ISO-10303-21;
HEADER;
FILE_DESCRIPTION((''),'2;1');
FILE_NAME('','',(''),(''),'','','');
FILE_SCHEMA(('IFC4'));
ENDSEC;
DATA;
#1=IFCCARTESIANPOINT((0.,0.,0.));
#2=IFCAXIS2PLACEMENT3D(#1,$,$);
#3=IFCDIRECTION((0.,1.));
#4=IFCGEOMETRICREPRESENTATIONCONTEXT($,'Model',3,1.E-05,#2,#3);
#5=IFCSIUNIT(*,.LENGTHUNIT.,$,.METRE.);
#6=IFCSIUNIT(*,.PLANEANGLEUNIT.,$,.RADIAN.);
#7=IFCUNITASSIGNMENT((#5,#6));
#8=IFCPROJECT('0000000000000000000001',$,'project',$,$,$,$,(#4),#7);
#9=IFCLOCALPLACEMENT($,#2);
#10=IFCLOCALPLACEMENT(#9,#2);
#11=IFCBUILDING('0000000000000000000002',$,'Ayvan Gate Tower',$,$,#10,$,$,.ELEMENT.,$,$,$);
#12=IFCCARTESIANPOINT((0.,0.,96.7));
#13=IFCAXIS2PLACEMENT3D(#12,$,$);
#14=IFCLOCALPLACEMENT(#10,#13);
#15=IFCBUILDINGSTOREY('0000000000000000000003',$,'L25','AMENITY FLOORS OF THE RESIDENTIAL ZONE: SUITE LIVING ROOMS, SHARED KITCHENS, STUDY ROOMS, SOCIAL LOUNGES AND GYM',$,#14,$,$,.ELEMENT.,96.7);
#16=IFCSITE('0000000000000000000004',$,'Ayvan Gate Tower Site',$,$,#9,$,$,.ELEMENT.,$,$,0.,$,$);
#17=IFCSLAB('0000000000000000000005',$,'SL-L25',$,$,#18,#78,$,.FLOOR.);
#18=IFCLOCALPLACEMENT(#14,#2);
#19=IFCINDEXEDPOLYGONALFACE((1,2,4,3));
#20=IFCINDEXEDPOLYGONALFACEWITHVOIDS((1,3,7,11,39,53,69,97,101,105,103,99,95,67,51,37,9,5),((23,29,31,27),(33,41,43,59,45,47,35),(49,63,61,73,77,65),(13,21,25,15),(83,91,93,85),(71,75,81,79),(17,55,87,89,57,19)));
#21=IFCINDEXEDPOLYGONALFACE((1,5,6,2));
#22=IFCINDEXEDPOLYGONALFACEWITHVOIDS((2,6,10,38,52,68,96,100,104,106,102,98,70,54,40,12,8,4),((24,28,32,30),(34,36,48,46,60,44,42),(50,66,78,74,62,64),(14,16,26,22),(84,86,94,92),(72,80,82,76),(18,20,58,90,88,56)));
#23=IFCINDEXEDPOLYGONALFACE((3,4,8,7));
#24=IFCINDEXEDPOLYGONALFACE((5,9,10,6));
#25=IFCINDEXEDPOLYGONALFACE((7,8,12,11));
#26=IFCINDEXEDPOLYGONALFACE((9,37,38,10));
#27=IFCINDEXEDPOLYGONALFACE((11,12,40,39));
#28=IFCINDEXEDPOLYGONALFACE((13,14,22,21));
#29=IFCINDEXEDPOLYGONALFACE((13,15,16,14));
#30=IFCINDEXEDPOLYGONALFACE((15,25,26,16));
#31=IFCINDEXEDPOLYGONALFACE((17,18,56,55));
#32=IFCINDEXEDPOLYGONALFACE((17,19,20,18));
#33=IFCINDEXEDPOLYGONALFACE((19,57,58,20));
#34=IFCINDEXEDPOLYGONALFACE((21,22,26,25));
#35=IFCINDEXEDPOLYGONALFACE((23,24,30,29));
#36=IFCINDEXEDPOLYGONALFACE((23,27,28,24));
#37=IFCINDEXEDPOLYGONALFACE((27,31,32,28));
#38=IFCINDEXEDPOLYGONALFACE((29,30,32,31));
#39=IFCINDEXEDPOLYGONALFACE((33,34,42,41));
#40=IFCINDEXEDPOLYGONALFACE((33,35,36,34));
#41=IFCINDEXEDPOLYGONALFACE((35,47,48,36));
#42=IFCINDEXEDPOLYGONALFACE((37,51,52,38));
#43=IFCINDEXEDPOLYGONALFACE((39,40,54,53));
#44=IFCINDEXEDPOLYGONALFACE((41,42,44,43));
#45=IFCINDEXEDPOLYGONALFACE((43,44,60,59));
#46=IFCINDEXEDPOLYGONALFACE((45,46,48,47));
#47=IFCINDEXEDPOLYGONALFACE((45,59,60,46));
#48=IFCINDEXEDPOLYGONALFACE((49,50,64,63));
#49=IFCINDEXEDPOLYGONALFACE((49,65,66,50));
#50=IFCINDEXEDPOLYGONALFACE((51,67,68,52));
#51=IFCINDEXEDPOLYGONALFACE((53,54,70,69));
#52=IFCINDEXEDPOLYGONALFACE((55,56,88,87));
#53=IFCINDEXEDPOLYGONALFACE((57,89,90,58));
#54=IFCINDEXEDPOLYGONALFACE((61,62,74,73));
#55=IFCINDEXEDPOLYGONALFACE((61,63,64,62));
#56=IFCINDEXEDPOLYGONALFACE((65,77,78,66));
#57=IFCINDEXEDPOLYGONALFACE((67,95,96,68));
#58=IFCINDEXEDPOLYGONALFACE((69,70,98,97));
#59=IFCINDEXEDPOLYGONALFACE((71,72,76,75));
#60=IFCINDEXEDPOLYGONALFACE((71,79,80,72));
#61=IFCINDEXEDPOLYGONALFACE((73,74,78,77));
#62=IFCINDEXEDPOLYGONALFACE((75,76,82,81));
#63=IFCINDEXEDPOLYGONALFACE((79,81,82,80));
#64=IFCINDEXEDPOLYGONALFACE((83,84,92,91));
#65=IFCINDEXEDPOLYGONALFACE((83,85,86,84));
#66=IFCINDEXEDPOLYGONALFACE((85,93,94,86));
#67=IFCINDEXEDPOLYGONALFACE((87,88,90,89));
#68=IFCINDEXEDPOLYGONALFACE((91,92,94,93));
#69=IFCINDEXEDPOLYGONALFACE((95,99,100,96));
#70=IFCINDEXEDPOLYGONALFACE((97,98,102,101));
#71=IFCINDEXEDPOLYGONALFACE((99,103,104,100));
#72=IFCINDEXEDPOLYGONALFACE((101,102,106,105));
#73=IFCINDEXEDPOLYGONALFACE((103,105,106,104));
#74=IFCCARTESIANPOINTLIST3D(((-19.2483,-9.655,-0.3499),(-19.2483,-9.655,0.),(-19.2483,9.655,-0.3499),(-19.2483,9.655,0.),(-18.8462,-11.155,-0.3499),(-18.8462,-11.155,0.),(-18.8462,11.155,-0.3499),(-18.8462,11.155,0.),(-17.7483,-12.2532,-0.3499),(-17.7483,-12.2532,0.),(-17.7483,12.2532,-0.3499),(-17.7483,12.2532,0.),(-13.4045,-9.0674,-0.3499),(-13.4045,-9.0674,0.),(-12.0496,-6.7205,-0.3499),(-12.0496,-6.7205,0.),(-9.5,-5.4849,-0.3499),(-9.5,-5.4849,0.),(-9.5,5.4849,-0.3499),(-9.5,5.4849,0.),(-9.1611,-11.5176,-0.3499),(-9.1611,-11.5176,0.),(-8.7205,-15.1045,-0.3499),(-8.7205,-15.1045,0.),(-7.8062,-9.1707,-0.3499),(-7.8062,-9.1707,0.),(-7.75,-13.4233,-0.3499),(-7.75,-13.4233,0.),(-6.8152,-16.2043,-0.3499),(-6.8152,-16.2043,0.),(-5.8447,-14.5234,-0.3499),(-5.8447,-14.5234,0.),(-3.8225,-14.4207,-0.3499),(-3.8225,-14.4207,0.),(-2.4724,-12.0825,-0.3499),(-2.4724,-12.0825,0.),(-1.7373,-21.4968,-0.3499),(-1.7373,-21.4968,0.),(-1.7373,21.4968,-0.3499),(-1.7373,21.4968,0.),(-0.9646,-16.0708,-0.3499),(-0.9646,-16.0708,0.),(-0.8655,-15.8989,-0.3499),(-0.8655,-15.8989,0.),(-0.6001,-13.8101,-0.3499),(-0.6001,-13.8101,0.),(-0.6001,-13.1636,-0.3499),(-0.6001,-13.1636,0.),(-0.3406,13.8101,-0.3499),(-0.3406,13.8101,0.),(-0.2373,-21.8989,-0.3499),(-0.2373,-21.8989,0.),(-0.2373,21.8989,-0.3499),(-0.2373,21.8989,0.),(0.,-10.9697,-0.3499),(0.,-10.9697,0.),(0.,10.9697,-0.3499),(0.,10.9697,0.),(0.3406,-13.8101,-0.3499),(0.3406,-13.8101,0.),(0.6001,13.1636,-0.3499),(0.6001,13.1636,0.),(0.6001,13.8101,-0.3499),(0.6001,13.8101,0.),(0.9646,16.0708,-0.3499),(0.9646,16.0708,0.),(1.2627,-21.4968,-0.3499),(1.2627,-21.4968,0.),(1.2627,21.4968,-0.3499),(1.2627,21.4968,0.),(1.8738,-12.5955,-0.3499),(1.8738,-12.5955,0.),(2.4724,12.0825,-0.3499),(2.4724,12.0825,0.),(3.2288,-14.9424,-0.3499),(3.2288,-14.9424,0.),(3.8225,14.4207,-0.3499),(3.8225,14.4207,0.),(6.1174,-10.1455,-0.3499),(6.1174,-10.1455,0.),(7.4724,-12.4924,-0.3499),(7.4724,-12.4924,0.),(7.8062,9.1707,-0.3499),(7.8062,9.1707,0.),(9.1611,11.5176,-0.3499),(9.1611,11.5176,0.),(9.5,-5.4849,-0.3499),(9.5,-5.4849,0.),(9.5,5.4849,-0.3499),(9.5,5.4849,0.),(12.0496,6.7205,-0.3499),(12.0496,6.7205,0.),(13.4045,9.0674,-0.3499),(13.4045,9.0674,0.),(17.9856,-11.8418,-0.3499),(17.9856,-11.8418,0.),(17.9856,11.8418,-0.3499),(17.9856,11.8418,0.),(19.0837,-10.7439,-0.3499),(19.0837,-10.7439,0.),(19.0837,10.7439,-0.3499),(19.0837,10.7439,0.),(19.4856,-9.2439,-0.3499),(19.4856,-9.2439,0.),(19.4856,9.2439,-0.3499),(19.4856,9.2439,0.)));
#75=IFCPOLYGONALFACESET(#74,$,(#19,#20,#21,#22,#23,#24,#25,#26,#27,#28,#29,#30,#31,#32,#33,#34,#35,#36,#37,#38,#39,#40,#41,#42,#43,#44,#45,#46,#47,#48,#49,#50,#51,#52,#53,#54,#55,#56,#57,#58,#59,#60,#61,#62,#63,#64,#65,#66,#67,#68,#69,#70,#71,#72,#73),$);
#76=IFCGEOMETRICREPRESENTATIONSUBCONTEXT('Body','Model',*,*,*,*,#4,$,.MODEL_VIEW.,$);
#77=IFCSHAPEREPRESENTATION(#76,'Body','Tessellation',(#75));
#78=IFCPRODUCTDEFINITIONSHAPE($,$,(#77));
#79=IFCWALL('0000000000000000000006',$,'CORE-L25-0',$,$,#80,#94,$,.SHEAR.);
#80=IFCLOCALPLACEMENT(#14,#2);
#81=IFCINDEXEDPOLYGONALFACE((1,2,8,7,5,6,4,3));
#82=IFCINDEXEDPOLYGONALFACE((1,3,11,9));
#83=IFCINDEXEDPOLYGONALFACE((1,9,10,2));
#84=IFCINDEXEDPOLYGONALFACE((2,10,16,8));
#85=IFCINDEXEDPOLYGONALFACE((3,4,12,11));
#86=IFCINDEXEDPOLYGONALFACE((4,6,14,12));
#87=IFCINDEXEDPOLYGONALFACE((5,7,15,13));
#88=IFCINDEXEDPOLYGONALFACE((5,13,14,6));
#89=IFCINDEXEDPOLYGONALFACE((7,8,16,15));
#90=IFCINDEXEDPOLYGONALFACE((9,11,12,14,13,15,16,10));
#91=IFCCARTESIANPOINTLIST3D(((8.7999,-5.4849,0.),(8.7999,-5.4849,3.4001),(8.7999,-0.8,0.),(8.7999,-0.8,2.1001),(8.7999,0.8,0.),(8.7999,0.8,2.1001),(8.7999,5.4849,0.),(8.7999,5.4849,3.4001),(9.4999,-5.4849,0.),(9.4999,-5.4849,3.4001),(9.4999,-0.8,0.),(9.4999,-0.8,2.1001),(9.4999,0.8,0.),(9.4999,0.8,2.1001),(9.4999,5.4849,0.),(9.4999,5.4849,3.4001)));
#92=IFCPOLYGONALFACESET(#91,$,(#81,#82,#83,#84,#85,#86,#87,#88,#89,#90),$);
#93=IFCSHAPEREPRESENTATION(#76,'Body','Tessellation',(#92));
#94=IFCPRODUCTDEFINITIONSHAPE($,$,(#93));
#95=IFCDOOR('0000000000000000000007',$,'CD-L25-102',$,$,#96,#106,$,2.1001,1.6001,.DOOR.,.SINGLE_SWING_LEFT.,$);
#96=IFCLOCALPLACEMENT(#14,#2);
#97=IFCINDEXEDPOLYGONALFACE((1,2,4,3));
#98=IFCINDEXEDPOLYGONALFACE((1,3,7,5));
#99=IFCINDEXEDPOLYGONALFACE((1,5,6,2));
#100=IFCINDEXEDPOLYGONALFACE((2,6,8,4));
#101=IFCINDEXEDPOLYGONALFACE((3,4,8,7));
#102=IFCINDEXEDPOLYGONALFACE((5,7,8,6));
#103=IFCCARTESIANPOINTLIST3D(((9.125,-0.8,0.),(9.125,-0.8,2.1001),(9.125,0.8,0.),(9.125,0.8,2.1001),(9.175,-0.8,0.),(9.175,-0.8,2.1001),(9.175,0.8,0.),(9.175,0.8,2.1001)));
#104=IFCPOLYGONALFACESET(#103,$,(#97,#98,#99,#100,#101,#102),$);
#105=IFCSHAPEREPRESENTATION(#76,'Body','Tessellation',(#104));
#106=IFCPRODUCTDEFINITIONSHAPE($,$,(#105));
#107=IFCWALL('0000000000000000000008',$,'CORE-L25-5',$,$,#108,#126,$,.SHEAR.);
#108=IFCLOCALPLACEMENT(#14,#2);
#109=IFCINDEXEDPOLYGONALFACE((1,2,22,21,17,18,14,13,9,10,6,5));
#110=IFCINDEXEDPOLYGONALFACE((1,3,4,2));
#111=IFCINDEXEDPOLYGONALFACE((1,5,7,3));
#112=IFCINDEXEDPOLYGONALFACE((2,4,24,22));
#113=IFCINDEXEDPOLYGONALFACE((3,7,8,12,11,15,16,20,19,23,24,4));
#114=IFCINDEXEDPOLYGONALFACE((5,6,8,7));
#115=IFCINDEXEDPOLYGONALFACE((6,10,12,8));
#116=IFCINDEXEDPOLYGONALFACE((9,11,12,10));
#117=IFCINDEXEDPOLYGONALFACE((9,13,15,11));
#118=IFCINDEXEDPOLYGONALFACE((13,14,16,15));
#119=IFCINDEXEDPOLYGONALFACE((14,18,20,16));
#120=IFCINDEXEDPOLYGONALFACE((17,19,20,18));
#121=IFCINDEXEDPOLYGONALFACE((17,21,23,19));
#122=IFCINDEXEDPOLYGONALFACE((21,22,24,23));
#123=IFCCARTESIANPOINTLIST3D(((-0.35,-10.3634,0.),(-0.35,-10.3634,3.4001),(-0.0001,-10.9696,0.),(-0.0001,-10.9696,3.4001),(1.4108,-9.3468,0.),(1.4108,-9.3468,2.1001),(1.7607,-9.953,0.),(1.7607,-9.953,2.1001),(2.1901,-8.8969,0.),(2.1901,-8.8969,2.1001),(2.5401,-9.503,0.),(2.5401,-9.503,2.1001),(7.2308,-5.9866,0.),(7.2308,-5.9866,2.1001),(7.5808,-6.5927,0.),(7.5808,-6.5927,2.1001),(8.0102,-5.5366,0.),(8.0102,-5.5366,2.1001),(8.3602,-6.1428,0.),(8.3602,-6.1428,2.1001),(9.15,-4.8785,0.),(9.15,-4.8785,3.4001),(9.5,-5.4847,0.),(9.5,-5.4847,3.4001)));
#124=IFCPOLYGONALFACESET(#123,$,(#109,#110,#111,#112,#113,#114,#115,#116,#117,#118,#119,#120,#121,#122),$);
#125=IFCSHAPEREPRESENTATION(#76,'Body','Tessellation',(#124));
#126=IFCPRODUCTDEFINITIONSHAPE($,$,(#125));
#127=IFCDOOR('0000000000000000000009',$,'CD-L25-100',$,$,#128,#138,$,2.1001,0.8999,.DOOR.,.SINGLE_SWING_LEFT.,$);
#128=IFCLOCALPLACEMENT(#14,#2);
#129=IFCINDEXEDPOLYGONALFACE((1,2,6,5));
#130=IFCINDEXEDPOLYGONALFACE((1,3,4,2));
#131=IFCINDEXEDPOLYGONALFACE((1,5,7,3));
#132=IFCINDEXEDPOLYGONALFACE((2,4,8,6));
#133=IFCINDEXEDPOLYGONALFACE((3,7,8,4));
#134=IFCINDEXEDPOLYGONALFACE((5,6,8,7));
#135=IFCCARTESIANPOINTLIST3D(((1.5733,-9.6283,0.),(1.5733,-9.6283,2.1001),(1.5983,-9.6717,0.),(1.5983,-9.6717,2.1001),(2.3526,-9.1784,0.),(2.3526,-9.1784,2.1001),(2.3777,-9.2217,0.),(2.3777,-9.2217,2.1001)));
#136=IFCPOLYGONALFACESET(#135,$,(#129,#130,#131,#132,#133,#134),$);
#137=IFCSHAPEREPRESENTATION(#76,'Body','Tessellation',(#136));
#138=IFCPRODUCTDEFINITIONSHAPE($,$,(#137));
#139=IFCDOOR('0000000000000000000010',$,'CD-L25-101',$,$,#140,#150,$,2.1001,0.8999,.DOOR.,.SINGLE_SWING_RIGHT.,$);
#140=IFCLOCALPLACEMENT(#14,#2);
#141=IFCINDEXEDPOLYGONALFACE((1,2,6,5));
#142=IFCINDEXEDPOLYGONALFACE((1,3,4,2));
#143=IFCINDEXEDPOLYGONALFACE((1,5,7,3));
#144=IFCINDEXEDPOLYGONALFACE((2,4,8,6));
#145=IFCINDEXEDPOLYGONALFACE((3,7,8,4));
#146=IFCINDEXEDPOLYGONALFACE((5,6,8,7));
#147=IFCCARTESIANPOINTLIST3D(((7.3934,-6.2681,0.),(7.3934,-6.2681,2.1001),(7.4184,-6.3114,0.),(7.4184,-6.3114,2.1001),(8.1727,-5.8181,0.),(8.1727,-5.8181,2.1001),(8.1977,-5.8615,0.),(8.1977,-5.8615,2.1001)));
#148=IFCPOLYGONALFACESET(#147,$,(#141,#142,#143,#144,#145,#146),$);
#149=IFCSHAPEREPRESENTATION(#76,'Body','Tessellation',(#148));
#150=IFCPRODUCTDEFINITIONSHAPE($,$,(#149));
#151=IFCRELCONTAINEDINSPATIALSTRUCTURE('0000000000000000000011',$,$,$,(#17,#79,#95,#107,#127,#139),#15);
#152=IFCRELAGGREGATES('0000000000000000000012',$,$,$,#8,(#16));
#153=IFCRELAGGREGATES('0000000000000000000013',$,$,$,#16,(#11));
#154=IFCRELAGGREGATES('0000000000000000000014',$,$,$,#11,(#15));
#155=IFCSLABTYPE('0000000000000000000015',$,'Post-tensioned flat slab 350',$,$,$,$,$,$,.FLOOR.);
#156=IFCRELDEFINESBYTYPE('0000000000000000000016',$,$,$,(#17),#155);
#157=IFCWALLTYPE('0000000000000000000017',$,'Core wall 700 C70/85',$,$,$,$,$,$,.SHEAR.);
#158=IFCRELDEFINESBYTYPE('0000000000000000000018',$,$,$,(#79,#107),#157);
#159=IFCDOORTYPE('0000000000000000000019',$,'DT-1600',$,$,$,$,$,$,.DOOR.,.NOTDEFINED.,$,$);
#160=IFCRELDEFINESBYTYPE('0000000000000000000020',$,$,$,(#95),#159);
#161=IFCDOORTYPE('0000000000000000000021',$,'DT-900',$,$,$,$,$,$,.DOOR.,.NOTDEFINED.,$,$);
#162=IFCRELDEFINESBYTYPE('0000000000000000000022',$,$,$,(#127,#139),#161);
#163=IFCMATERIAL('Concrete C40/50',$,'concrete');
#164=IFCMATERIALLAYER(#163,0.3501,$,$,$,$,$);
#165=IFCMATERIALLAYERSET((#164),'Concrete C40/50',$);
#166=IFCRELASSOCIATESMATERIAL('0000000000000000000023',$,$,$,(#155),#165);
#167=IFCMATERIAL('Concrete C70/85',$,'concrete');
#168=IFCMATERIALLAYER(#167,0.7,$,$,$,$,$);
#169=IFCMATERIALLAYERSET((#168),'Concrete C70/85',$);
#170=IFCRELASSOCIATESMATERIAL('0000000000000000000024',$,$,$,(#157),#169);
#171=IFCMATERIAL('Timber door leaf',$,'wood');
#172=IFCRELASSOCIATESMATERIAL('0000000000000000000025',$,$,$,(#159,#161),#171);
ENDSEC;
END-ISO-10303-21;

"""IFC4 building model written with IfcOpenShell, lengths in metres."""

from ifc_helpers import new_model, si_unit, direction, frame, frame_2d, origin, place, context, subcontext, project, spatial, polyline, rectangle, outline, extrude, material, layer, layer_set, type_object, element, fill, save


model = new_model("IFC4")

# Units and contexts
model_context = context("Model", 3, precision=1e-05, world=origin(), true_north=direction((0.0, 1.0)))
body_context = subcontext(model_context, "Body", "Model", "MODEL_VIEW")
ifc_project = project(units=[si_unit("LENGTHUNIT", "METRE"), si_unit("PLANEANGLEUNIT", "RADIAN")], contexts=[model_context])

# Site, building, storey
site_placement = place(None, origin())
site = spatial("IfcSite", under=ifc_project, at=site_placement, Name="Ayvan Gate Tower Site", CompositionType="ELEMENT", RefElevation=0.0)
building_placement = place(site_placement, origin())
building = spatial("IfcBuilding", under=site, at=building_placement, Name="Ayvan Gate Tower", CompositionType="ELEMENT")
storey_placement = place(building_placement, frame((0.0, 0.0, 96.7)))
storey = spatial("IfcBuildingStorey", under=building, at=storey_placement, Name="L25", Description="AMENITY FLOORS OF THE RESIDENTIAL ZONE: SUITE LIVING ROOMS, SHARED KITCHENS, STUDY ROOMS, SOCIAL LOUNGES AND GYM", CompositionType="ELEMENT", Elevation=96.7)

# Slab
ifc_material_1 = material(Name="Concrete C40/50", Category="concrete")
ifc_layer_1 = layer(ifc_material_1, 0.3501)
ifc_layer_set_1 = layer_set([ifc_layer_1], Name="Concrete C40/50")
slab_type = type_object("IfcSlabType", Name="Post-tensioned flat slab 350", PredefinedType="FLOOR", material=ifc_layer_set_1)
slab_placement = place(storey_placement, frame((0.0, 0.0, -0.3499)))
element("IfcSlab", 1, at=slab_placement, inside=storey, type_object=slab_type, Name="SL-L25", PredefinedType="FLOOR", context=body_context, shape_type="SweptSolid", body=[
    extrude(outline(polyline([(-0.2373, -21.8989), (-1.7373, -21.4968), (-17.7483, -12.2532), (-18.8462, -11.155), (-19.2483, -9.655), (-19.2483, 9.655), (-18.8462, 11.155), (-17.7483, 12.2532), (-1.7373, 21.4968), (-0.2373, 21.8989), (1.2627, 21.4968), (17.9856, 11.8418), (19.0837, 10.7439), (19.4856, 9.2439), (19.4856, -9.2439), (19.0837, -10.7439), (17.9856, -11.8418), (1.2627, -21.4968), (-0.2373, -21.8989)]), holes=[polyline([(13.4045, 9.0674), (9.1611, 11.5176), (7.8062, 9.1707), (12.0496, 6.7205), (13.4045, 9.0674)]), polyline([(0.0, 10.9697), (-9.5, 5.4849), (-9.5, -5.4849), (0.0, -10.9697), (9.5, -5.4849), (9.5, 5.4849), (0.0, 10.9697)]), polyline([(3.2288, -14.9424), (7.4724, -12.4924), (6.1174, -10.1455), (1.8738, -12.5955), (3.2288, -14.9424)]), polyline([(2.4724, 12.0825), (3.8225, 14.4207), (0.9646, 16.0708), (-0.3406, 13.8101), (0.6001, 13.8101), (0.6001, 13.1636), (2.4724, 12.0825)]), polyline([(0.3406, -13.8101), (-0.6001, -13.8101), (-0.6001, -13.1636), (-2.4724, -12.0825), (-3.8225, -14.4207), (-0.9646, -16.0708), (-0.8655, -15.8989), (0.3406, -13.8101)]), polyline([(-5.8447, -14.5234), (-7.75, -13.4233), (-8.7205, -15.1045), (-6.8152, -16.2043), (-5.8447, -14.5234)]), polyline([(-7.8062, -9.1707), (-12.0496, -6.7205), (-13.4045, -9.0674), (-9.1611, -11.5176), (-7.8062, -9.1707)])]), origin(), (0.0, 0.0, 1.0), 0.3499),
])

# Wall, opening, door
ifc_material_2 = material(Name="Concrete C70/85", Category="concrete")
ifc_layer_2 = layer(ifc_material_2, 0.7)
ifc_layer_set_2 = layer_set([ifc_layer_2], Name="Concrete C70/85")
wall_type_1 = type_object("IfcWallType", Name="Core wall 700 C70/85", PredefinedType="SHEAR", material=ifc_layer_set_2)
wall_1_placement = place(storey_placement, frame((9.1499, -5.4849, 0.0), z_axis=(0.0, 0.0, 1.0), x_axis=(0.0, 1.0, 0.0)))
wall_1 = element("IfcWall", 2, at=wall_1_placement, inside=storey, type_object=wall_type_1, Name="CORE-L25-0", PredefinedType="SHEAR", context=body_context, shape_type="SweptSolid", body=[
    extrude(rectangle(XDim=10.9697, YDim=0.7, at=frame_2d((5.4849, 0.0))), origin(), (0.0, 0.0, 1.0), 3.4001),
])
opening_1_placement = place(wall_1_placement, frame((4.6848, 0.0, 0.0)))
opening_1 = element("IfcOpeningElement", 3, at=opening_1_placement, cuts=wall_1, PredefinedType="OPENING", context=body_context, shape_type="SweptSolid", body=[
    extrude(rectangle(XDim=1.6001, YDim=2.1001, at=frame_2d((0.8, 1.05))), frame((0.0, 0.3599, 0.0), z_axis=(0.0, -1.0, 0.0), x_axis=(1.0, 0.0, 0.0)), (0.0, 0.0, 1.0), 0.72),
])
ifc_material_3 = material(Name="Timber door leaf", Category="wood")
door_type_1 = type_object("IfcDoorType", Name="DT-1600", OperationType="NOTDEFINED", PredefinedType="DOOR", material=ifc_material_3)
door_1_placement = place(opening_1_placement, origin())
door_1 = element("IfcDoor", 4, at=door_1_placement, inside=storey, type_object=door_type_1, Name="CD-L25-102", OperationType="SINGLE_SWING_LEFT", OverallHeight=2.1001, OverallWidth=1.6001, PredefinedType="DOOR", context=body_context, shape_type="SweptSolid", body=[
    extrude(rectangle(XDim=1.6001, YDim=2.1001, at=frame_2d((0.8, 1.05))), frame((0.0, 0.0249, 0.0), z_axis=(0.0, -1.0, 0.0), x_axis=(1.0, 0.0, 0.0)), (0.0, 0.0, 1.0), 0.05),
])
fill(opening_1, door_1)

# Wall, openings, doors
wall_2_placement = place(storey_placement, frame((-0.175, -10.6665, 0.0), z_axis=(0.0, 0.0, 1.0), x_axis=(0.866024, 0.500002, 0.0)))
wall_2 = element("IfcWall", 5, at=wall_2_placement, inside=storey, type_object=wall_type_1, Name="CORE-L25-5", PredefinedType="SHEAR", context=body_context, shape_type="SweptSolid", body=[
    extrude(rectangle(XDim=10.9697, YDim=0.7, at=frame_2d((5.4849, 0.0))), origin(), (0.0, 0.0, 1.0), 3.4001),
])
opening_2_placement = place(wall_2_placement, frame((2.0332, 0.0, 0.0)))
opening_2 = element("IfcOpeningElement", 6, at=opening_2_placement, cuts=wall_2, PredefinedType="OPENING", context=body_context, shape_type="SweptSolid", body=[
    extrude(rectangle(XDim=0.8999, YDim=2.1001, at=frame_2d((0.45, 1.05))), frame((0.0, 0.3599, 0.0), z_axis=(0.0, -1.0, 0.0), x_axis=(1.0, 0.0, 0.0)), (0.0, 0.0, 1.0), 0.72),
])
opening_3_placement = place(wall_2_placement, frame((8.7537, 0.0, 0.0)))
opening_3 = element("IfcOpeningElement", 7, at=opening_3_placement, cuts=wall_2, PredefinedType="OPENING", context=body_context, shape_type="SweptSolid", body=[
    extrude(rectangle(XDim=0.8999, YDim=2.1001, at=frame_2d((0.45, 1.05))), frame((0.0, 0.3599, 0.0), z_axis=(0.0, -1.0, 0.0), x_axis=(1.0, 0.0, 0.0)), (0.0, 0.0, 1.0), 0.72),
])
door_type_2 = type_object("IfcDoorType", Name="DT-900", OperationType="NOTDEFINED", PredefinedType="DOOR", material=ifc_material_3)
door_2_placement = place(opening_2_placement, origin())
door_2 = element("IfcDoor", 8, at=door_2_placement, inside=storey, type_object=door_type_2, Name="CD-L25-100", OperationType="SINGLE_SWING_LEFT", OverallHeight=2.1001, OverallWidth=0.8999, PredefinedType="DOOR", context=body_context, shape_type="SweptSolid", body=[
    extrude(rectangle(XDim=0.8999, YDim=2.1001, at=frame_2d((0.45, 1.05))), frame((0.0, 0.0249, 0.0), z_axis=(0.0, -1.0, 0.0), x_axis=(1.0, 0.0, 0.0)), (0.0, 0.0, 1.0), 0.05),
])
fill(opening_2, door_2)
door_3_placement = place(opening_3_placement, origin())
door_3 = element("IfcDoor", 9, at=door_3_placement, inside=storey, type_object=door_type_2, Name="CD-L25-101", OperationType="SINGLE_SWING_RIGHT", OverallHeight=2.1001, OverallWidth=0.8999, PredefinedType="DOOR", context=body_context, shape_type="SweptSolid", body=[
    extrude(rectangle(XDim=0.8999, YDim=2.1001, at=frame_2d((0.45, 1.05))), frame((0.0, 0.0249, 0.0), z_axis=(0.0, -1.0, 0.0), x_axis=(1.0, 0.0, 0.0)), (0.0, 0.0, 1.0), 0.05),
])
fill(opening_3, door_3)

save(model, "model.ifc")
